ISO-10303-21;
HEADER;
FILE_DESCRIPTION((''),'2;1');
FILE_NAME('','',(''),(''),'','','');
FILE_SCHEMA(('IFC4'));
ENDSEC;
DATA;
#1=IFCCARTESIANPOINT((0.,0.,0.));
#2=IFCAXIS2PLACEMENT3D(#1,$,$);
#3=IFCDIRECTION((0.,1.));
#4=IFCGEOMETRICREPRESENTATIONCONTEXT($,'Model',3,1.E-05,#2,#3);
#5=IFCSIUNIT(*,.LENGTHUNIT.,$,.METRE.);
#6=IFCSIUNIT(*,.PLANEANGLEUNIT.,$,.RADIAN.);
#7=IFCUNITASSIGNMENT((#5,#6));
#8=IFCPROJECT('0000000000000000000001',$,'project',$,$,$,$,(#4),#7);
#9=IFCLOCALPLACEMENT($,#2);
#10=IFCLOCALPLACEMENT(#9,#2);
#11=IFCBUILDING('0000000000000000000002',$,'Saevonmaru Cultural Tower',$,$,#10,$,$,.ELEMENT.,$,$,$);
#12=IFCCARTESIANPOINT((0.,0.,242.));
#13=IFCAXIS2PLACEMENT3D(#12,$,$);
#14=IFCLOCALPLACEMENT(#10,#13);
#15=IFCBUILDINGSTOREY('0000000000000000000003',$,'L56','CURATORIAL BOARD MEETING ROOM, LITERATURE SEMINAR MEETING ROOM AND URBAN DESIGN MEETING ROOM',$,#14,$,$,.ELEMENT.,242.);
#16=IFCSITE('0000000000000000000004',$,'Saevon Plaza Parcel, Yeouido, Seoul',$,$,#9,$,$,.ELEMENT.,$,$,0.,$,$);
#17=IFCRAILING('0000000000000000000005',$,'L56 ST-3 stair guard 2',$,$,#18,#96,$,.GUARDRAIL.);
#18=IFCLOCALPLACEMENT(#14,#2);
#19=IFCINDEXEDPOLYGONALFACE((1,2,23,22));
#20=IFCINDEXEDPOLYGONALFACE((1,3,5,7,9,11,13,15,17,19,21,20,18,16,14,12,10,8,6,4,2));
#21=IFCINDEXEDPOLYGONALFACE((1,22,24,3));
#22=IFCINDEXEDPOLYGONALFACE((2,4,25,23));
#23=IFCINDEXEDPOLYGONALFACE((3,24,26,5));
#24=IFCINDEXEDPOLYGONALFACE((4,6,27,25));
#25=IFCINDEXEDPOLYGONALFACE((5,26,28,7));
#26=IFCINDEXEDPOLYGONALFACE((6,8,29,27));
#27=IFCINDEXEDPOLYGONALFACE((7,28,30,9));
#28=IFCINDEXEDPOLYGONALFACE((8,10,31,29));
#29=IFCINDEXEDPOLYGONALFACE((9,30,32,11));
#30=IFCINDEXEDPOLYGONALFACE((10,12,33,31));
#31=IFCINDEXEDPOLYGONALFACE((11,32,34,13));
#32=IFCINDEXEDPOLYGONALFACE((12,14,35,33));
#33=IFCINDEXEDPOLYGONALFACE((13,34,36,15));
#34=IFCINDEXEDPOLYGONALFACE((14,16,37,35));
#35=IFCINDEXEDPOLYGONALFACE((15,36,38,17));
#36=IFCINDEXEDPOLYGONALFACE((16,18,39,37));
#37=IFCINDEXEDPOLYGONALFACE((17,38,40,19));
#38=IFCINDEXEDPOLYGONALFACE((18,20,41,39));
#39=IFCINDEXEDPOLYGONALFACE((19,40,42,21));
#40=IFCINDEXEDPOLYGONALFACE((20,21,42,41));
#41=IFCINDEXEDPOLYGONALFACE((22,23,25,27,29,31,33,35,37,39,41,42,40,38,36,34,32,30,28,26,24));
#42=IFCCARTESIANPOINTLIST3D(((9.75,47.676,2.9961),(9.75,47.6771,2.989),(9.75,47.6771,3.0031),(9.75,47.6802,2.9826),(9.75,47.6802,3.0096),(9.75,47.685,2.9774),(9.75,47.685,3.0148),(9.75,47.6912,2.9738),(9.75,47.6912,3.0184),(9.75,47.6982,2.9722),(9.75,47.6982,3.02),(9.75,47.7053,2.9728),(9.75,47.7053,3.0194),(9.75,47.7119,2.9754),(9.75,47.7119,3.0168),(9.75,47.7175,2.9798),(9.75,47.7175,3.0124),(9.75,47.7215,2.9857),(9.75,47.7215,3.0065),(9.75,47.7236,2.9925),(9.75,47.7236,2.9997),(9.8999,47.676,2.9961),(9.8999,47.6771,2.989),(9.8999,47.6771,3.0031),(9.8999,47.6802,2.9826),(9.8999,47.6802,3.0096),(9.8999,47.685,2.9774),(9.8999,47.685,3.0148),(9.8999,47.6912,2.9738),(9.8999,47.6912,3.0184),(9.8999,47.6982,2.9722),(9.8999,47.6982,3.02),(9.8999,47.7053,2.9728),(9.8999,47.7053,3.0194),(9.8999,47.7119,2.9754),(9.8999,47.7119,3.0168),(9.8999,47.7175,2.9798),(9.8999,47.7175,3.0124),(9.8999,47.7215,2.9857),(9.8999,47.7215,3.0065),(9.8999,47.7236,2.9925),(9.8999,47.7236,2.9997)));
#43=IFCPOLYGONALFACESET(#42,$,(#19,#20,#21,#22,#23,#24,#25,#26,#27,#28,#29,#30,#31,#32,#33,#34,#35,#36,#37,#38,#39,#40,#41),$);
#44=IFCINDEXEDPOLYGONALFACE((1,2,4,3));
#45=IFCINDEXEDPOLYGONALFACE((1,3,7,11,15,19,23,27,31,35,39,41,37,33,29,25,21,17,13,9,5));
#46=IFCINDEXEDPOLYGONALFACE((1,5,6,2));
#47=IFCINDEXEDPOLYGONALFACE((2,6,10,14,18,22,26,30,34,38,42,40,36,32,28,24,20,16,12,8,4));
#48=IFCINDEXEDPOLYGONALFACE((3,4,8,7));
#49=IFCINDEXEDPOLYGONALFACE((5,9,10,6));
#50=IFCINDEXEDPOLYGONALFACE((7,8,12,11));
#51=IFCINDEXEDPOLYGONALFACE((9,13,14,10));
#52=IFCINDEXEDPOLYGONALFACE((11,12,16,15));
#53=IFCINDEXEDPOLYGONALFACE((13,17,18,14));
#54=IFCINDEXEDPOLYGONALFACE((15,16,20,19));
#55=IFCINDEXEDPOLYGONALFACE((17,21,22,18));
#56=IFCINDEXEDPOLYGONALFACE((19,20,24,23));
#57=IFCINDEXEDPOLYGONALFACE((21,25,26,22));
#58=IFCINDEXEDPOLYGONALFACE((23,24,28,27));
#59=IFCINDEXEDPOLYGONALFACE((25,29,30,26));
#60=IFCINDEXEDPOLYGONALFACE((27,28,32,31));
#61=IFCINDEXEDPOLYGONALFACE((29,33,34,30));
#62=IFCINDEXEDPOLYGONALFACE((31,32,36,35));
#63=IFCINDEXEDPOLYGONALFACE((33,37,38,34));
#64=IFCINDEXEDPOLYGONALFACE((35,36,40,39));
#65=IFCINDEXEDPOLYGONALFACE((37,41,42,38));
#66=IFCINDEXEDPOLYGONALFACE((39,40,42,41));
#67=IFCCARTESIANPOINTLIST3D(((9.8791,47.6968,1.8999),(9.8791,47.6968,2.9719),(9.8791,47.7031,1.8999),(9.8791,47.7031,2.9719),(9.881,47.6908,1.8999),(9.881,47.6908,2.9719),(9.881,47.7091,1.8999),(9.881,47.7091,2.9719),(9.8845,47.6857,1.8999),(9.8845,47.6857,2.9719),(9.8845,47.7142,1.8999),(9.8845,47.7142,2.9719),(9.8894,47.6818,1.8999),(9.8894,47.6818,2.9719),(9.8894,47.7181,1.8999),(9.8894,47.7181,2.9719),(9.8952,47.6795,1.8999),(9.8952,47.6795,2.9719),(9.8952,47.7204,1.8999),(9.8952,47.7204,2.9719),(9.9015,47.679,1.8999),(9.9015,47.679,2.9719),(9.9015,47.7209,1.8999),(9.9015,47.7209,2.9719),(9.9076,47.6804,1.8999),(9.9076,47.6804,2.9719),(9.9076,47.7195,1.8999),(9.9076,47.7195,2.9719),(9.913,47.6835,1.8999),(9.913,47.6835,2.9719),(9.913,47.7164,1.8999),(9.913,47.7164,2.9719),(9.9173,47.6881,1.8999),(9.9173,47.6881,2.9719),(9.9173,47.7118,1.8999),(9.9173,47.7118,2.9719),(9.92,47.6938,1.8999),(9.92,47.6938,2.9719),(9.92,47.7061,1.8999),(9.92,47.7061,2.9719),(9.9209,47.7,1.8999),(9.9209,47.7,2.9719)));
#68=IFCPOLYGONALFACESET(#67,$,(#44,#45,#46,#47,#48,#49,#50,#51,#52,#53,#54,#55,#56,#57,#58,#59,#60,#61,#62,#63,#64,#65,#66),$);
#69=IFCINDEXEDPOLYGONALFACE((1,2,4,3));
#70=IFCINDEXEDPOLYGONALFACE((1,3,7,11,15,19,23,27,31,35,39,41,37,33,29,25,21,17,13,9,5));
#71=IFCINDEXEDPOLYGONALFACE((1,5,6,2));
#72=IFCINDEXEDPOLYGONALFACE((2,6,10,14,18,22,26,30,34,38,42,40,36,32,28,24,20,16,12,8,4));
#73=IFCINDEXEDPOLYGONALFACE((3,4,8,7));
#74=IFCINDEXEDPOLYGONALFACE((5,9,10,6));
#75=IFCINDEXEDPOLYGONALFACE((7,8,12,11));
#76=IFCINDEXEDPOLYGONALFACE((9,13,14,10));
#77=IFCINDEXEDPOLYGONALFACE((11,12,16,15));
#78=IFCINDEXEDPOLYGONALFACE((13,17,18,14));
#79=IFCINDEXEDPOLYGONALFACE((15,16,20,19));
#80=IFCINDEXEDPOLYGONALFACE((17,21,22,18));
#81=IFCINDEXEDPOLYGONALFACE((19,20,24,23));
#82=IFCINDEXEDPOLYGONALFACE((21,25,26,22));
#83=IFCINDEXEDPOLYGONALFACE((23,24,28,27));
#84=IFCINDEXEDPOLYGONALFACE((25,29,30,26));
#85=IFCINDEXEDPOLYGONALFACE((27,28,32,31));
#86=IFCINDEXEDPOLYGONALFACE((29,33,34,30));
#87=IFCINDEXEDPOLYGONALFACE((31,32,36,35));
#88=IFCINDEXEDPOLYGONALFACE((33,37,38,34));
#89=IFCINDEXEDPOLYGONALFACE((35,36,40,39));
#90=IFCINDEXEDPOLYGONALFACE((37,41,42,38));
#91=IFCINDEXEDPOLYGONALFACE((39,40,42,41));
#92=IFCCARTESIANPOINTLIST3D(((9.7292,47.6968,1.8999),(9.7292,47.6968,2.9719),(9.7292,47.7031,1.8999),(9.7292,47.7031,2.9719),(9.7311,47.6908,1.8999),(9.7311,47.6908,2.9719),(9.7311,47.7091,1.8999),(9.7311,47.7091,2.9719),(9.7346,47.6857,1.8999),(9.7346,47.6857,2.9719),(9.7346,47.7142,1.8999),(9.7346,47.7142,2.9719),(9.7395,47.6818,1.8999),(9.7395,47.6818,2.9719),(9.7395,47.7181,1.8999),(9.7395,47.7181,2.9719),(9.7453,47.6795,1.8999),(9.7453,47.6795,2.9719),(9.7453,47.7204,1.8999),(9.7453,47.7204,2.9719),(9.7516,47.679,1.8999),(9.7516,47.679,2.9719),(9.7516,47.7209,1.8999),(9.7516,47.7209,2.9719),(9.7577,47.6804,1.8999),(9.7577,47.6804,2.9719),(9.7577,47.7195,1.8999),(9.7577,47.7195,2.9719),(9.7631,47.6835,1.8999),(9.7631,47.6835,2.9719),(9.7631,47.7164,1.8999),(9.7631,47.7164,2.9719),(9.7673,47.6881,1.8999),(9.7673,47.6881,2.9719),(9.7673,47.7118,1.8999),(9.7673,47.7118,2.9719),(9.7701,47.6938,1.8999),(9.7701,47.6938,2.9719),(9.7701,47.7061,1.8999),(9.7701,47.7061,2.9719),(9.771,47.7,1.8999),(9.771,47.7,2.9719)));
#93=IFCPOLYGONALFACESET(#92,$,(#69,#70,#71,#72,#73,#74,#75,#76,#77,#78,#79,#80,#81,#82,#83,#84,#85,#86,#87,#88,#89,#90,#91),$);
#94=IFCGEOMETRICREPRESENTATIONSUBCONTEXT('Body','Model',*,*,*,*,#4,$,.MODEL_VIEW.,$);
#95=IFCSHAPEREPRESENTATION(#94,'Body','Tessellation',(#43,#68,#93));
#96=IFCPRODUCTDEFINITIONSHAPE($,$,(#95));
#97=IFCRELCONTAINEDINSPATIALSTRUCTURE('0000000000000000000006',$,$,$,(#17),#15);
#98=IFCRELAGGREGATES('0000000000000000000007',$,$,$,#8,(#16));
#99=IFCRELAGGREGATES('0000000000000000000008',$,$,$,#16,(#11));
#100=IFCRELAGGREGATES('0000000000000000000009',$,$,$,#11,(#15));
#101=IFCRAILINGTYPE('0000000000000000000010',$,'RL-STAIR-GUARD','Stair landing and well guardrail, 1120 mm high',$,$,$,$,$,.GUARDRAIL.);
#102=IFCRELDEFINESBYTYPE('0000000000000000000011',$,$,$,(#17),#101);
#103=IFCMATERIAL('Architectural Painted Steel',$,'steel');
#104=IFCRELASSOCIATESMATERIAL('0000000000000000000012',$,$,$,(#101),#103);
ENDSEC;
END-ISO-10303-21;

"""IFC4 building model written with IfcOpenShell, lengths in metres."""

from ifc_helpers import new_model, si_unit, direction, frame, origin, origin_2d, place, context, subcontext, project, spatial, circle, extrude, material, type_object, element, save


model = new_model("IFC4")

# Units and contexts
model_context = context("Model", 3, precision=1e-05, world=origin(), true_north=direction((0.0, 1.0)))
body_context = subcontext(model_context, "Body", "Model", "MODEL_VIEW")
ifc_project = project(units=[si_unit("LENGTHUNIT", "METRE"), si_unit("PLANEANGLEUNIT", "RADIAN")], contexts=[model_context])

# Site, building, storey
site_placement = place(None, origin())
site = spatial("IfcSite", under=ifc_project, at=site_placement, Name="Saevon Plaza Parcel, Yeouido, Seoul", CompositionType="ELEMENT", RefElevation=0.0)
building_placement = place(site_placement, origin())
building = spatial("IfcBuilding", under=site, at=building_placement, Name="Saevonmaru Cultural Tower", CompositionType="ELEMENT")
storey_placement = place(building_placement, frame((0.0, 0.0, 242.0)))
storey = spatial("IfcBuildingStorey", under=building, at=storey_placement, Name="L56", Description="CURATORIAL BOARD MEETING ROOM, LITERATURE SEMINAR MEETING ROOM AND URBAN DESIGN MEETING ROOM", CompositionType="ELEMENT", Elevation=242.0)

# Railing
ifc_material_1 = material(Name="Architectural Painted Steel", Category="steel")
railing_type_1 = type_object("IfcRailingType", Name="RL-STAIR-GUARD", Description="Stair landing and well guardrail, 1120 mm high", PredefinedType="GUARDRAIL", material=ifc_material_1)
railing_1_placement = place(storey_placement, frame((9.8999, 47.7, 1.8999)))
element("IfcRailing", 1, at=railing_1_placement, inside=storey, type_object=railing_type_1, Name="L56 ST-3 stair guard 2", PredefinedType="GUARDRAIL", context=body_context, shape_type="SweptSolid", body=[
    extrude(circle(Radius=0.0239, at=origin_2d()), frame((0.0, 0.0, 1.0962), z_axis=(-1.0, 0.0, 0.0), x_axis=(0.0, -1.0, 0.0)), (0.0, 0.0, 1.0), 0.1499),
    extrude(circle(Radius=0.021, at=origin_2d()), origin(), (0.0, 0.0, 1.0), 1.072),
    extrude(circle(Radius=0.021, at=origin_2d()), frame((-0.1499, 0.0, 0.0)), (0.0, 0.0, 1.0), 1.072),
])

save(model, "model.ifc")
